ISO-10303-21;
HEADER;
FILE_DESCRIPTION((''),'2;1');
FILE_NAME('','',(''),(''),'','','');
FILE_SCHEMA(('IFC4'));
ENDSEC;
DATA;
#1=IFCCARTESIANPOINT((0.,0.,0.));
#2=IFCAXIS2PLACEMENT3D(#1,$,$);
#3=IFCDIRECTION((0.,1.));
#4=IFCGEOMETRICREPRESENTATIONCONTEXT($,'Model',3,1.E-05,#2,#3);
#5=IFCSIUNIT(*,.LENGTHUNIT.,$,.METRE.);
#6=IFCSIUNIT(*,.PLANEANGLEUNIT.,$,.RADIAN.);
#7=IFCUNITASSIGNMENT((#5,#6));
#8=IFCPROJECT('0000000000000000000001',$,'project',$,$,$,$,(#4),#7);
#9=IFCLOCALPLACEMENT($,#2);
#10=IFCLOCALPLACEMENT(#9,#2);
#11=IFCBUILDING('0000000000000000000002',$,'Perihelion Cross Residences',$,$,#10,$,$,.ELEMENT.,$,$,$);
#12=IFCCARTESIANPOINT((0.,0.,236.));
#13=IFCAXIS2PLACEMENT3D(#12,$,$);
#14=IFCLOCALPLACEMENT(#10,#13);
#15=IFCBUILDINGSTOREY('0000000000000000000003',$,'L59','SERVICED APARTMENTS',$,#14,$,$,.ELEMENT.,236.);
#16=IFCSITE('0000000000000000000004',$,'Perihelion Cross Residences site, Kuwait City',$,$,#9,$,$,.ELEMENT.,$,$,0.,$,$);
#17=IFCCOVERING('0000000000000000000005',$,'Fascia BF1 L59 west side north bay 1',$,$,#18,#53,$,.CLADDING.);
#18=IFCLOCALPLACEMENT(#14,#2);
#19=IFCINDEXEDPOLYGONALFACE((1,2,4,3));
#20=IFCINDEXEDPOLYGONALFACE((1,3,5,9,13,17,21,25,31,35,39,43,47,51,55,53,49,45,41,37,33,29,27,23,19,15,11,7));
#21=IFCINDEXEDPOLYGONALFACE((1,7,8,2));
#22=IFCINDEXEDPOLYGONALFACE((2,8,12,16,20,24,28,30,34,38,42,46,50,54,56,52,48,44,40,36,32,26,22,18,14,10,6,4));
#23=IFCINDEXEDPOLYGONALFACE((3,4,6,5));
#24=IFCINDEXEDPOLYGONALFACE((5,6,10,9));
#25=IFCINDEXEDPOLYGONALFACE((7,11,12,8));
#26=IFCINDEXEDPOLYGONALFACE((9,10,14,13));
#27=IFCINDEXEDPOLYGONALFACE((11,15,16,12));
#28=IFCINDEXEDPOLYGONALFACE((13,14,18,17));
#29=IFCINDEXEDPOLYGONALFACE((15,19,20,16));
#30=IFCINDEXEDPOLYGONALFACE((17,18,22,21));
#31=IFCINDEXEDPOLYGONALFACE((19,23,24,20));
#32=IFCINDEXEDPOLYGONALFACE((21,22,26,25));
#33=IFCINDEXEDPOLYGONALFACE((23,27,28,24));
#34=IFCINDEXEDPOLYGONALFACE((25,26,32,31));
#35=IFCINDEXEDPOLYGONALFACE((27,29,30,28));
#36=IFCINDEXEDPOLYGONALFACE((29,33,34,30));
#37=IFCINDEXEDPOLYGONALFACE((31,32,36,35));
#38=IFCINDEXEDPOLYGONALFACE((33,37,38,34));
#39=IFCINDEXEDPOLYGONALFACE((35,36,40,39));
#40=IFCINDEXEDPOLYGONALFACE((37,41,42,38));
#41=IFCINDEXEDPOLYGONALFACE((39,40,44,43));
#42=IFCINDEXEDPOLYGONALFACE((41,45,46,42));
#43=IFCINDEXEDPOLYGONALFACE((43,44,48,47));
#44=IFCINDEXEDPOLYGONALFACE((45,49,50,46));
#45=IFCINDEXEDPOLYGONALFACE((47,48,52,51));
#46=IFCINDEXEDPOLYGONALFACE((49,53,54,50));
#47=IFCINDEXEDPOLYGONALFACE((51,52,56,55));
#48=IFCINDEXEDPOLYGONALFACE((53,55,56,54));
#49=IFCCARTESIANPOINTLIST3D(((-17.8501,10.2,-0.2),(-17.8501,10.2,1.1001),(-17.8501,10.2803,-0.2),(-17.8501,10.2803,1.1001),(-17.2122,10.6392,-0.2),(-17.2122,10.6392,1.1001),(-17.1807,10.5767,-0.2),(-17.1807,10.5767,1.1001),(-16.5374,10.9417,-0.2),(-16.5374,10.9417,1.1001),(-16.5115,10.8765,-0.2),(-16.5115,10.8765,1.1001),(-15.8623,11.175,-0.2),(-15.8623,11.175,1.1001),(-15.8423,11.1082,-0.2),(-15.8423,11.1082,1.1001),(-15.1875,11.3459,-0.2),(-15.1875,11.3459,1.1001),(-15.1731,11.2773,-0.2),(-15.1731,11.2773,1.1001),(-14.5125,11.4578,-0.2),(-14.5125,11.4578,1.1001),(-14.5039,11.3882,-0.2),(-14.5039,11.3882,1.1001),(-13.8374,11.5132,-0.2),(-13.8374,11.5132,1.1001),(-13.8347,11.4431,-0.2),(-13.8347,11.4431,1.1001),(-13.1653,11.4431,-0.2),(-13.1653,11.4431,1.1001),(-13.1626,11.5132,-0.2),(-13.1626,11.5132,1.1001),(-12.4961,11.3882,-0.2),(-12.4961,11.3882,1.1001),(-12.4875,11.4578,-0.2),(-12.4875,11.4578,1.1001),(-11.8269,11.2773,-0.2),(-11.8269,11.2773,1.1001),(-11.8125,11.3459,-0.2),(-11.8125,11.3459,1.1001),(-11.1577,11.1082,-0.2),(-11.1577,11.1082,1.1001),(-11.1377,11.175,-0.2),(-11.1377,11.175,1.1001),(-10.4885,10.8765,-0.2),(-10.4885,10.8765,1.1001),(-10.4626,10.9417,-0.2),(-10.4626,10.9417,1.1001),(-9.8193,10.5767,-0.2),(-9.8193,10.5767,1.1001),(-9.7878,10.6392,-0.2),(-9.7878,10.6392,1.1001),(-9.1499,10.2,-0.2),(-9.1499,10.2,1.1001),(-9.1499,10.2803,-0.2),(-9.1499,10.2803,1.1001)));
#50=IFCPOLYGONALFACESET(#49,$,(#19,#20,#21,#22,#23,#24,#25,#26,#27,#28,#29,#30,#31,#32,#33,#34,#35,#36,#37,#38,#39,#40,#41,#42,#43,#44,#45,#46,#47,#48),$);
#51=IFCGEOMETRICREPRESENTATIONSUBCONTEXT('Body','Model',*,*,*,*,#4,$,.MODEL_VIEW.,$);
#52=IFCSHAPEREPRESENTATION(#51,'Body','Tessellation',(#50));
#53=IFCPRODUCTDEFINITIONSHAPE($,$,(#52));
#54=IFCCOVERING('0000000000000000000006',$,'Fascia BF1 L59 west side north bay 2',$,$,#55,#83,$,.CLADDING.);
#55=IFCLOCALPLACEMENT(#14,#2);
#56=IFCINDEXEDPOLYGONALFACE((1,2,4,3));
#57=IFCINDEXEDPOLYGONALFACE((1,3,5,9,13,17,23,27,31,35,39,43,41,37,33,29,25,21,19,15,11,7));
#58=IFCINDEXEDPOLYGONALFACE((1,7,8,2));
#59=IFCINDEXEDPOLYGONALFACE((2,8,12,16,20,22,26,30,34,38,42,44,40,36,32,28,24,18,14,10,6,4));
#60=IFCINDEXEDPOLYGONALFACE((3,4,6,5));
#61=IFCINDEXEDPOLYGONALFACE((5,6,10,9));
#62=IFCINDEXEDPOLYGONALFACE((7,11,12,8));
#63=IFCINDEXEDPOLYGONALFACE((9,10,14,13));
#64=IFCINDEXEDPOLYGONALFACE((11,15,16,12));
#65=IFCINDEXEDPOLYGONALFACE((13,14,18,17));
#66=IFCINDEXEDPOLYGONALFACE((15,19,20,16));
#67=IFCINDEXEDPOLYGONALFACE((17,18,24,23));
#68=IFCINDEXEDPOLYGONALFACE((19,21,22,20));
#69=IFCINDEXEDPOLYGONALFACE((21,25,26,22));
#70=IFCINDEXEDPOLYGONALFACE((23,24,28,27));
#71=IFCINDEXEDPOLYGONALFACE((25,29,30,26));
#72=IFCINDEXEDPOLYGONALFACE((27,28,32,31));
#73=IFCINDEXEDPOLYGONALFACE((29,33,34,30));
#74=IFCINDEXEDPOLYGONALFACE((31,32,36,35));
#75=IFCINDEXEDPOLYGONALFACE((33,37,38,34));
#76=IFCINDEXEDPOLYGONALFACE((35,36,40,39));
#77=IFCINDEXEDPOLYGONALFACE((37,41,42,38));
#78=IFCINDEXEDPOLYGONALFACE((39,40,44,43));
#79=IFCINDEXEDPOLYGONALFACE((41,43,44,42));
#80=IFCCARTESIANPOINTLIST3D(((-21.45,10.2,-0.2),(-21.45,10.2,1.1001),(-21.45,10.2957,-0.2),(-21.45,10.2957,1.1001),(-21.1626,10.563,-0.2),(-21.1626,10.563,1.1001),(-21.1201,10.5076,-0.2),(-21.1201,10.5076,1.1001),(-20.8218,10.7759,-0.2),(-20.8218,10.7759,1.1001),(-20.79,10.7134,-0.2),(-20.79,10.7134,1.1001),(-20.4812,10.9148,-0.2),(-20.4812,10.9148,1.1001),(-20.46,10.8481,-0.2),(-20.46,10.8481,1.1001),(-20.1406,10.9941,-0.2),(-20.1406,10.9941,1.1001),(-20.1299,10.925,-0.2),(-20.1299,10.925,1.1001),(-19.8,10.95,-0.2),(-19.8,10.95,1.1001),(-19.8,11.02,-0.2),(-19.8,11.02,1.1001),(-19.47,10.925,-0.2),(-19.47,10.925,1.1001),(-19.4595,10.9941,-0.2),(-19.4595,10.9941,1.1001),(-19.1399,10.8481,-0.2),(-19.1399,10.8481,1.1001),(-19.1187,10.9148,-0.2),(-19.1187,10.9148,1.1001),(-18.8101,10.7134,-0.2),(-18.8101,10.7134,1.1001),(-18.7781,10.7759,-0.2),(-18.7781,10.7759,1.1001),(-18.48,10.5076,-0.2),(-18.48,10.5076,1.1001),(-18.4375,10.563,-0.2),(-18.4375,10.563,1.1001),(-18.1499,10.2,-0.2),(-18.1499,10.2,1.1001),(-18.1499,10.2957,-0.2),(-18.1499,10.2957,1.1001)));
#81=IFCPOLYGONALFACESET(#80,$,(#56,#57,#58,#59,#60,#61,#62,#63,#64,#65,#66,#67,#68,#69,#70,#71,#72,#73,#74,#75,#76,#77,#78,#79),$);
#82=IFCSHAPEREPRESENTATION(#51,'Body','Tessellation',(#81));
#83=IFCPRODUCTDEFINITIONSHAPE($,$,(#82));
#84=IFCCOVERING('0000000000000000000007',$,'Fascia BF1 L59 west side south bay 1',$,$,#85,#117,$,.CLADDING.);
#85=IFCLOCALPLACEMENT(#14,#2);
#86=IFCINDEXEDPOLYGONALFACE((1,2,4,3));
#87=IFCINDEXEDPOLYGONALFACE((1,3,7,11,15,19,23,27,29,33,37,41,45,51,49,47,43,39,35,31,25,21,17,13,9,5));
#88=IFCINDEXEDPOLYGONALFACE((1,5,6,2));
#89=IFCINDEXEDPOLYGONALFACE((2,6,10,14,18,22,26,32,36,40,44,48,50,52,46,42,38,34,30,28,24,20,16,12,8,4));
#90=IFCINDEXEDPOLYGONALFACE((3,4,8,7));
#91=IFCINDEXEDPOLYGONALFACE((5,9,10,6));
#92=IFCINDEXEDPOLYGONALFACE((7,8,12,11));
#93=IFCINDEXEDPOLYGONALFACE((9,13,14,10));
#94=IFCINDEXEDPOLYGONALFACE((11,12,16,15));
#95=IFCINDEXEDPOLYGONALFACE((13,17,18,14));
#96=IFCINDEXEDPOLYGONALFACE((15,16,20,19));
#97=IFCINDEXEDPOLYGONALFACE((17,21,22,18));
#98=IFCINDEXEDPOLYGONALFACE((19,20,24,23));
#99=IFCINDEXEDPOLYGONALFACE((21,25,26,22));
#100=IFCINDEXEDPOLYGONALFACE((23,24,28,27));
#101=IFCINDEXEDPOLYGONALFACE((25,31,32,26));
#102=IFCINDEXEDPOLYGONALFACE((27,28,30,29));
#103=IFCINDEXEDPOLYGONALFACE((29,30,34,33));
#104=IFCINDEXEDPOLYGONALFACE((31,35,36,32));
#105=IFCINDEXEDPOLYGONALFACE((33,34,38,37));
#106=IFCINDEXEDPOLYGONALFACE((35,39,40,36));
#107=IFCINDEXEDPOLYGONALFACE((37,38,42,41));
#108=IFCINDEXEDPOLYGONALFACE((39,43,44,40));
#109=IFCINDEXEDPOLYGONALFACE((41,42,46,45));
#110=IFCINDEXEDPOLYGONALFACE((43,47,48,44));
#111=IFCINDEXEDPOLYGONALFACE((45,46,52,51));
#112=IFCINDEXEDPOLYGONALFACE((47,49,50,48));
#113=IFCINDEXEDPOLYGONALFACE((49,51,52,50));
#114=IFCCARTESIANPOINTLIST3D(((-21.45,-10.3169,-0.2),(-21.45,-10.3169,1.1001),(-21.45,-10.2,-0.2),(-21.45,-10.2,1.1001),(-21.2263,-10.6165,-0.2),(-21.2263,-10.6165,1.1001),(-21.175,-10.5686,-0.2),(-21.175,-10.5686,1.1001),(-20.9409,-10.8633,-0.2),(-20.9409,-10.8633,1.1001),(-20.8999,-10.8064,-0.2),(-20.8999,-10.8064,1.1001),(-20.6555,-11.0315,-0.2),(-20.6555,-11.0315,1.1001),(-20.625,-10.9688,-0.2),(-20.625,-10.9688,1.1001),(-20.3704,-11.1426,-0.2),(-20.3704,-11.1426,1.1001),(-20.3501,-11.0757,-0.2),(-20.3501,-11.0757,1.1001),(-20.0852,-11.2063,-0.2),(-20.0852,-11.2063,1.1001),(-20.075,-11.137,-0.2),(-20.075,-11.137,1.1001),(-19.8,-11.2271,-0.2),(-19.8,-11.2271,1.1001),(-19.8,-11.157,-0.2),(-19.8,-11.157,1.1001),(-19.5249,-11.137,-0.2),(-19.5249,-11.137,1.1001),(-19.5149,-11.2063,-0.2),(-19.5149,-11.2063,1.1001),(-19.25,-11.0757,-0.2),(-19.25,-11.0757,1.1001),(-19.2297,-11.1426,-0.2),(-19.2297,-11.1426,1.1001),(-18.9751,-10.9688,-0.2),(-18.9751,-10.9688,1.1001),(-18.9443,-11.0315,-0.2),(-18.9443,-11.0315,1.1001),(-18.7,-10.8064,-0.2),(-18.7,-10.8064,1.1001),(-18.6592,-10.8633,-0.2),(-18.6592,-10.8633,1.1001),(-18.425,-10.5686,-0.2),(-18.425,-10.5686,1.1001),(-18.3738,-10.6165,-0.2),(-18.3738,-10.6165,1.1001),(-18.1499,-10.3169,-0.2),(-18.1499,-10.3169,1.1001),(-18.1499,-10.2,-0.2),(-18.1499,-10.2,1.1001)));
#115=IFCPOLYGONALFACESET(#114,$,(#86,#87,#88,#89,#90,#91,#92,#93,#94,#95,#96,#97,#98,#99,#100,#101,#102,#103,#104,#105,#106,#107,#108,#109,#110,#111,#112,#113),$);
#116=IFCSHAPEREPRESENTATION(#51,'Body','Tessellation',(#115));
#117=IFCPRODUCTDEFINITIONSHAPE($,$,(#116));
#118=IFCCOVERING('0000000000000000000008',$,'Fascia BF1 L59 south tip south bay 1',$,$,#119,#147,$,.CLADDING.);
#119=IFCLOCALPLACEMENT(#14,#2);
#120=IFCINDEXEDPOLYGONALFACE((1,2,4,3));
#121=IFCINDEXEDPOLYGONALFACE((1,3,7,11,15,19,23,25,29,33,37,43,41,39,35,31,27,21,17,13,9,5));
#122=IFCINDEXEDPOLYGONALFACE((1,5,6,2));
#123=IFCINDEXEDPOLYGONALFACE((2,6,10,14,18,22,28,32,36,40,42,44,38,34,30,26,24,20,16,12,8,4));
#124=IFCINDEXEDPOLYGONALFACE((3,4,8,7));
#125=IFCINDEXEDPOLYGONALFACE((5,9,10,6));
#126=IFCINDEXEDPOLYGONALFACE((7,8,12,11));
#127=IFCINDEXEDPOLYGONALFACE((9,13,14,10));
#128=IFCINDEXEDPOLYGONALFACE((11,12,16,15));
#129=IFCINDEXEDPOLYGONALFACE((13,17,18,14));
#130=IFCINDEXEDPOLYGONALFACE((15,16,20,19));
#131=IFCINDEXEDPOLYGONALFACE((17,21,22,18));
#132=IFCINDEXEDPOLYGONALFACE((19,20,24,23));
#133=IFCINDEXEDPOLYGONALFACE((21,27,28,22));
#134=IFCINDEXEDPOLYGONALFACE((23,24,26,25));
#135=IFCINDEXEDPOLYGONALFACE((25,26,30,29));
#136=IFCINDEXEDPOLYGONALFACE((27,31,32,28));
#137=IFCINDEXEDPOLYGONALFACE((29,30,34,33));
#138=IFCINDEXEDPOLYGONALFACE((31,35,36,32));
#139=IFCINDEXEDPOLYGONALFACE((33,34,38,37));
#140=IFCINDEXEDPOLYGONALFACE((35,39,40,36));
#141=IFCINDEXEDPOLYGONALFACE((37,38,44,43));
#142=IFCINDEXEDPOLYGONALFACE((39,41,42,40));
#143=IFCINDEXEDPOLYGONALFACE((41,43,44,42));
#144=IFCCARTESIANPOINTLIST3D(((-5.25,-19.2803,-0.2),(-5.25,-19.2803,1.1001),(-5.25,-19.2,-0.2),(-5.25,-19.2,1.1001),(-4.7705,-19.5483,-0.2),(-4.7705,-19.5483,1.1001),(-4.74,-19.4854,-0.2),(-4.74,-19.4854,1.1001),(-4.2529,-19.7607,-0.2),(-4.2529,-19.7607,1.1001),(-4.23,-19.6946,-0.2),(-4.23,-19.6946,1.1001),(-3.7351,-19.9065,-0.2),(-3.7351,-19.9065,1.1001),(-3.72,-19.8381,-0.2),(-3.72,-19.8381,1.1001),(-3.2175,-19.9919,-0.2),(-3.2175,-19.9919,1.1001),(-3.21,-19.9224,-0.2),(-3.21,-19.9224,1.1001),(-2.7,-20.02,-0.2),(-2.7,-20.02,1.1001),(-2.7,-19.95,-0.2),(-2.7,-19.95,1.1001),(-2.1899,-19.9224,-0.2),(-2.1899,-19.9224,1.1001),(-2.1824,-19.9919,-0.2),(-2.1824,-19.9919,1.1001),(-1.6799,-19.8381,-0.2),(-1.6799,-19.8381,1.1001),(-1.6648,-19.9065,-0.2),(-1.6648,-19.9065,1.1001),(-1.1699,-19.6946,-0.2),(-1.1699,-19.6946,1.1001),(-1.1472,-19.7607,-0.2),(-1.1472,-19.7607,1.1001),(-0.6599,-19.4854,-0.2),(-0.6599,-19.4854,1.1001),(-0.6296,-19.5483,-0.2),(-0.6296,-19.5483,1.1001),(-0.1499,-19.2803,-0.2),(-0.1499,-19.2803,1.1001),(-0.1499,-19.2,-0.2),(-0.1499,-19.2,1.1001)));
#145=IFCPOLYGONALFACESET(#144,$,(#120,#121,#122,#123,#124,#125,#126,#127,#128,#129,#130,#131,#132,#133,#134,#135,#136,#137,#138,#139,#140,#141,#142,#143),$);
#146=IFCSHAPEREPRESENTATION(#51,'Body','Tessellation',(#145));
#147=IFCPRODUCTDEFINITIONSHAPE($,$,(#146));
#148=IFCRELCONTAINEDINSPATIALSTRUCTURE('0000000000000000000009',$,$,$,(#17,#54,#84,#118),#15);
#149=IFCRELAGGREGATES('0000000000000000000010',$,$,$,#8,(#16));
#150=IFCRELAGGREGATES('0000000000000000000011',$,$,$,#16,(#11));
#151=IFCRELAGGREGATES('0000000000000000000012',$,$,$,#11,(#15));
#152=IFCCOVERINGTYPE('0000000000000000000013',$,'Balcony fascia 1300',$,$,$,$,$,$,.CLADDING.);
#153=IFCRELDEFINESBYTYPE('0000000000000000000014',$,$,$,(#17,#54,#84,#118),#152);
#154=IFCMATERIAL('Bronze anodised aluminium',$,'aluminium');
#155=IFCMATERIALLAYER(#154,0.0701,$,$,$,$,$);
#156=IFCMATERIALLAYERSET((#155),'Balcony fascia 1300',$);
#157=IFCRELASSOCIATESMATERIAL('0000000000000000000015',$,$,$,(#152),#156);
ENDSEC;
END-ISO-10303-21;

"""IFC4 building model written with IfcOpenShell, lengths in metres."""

from ifc_helpers import new_model, si_unit, direction, frame, origin, place, context, subcontext, project, spatial, polyline, outline, extrude, material, layer, layer_set, type_object, element, save


model = new_model("IFC4")

# Units and contexts
model_context = context("Model", 3, precision=1e-05, world=origin(), true_north=direction((0.0, 1.0)))
body_context = subcontext(model_context, "Body", "Model", "MODEL_VIEW")
ifc_project = project(units=[si_unit("LENGTHUNIT", "METRE"), si_unit("PLANEANGLEUNIT", "RADIAN")], contexts=[model_context])

# Site, building, storey
site_placement = place(None, origin())
site = spatial("IfcSite", under=ifc_project, at=site_placement, Name="Perihelion Cross Residences site, Kuwait City", CompositionType="ELEMENT", RefElevation=0.0)
building_placement = place(site_placement, origin())
building = spatial("IfcBuilding", under=site, at=building_placement, Name="Perihelion Cross Residences", CompositionType="ELEMENT")
storey_placement = place(building_placement, frame((0.0, 0.0, 236.0)))
storey = spatial("IfcBuildingStorey", under=building, at=storey_placement, Name="L59", Description="SERVICED APARTMENTS", CompositionType="ELEMENT", Elevation=236.0)

# Coverings
ifc_material_1 = material(Name="Bronze anodised aluminium", Category="aluminium")
ifc_layer_1 = layer(ifc_material_1, 0.0701)
ifc_layer_set_1 = layer_set([ifc_layer_1], Name="Balcony fascia 1300")
covering_type = type_object("IfcCoveringType", Name="Balcony fascia 1300", PredefinedType="CLADDING", material=ifc_layer_set_1)
covering_1_placement = place(storey_placement, frame((0.0, 0.0, -0.2)))
element("IfcCovering", 1, at=covering_1_placement, inside=storey, type_object=covering_type, Name="Fascia BF1 L59 west side north bay 1", PredefinedType="CLADDING", context=body_context, shape_type="SweptSolid", body=[
    extrude(outline(polyline([(-9.7878, 10.6392), (-10.4626, 10.9417), (-11.1377, 11.175), (-11.8125, 11.3459), (-12.4875, 11.4578), (-13.1626, 11.5132), (-13.8374, 11.5132), (-14.5125, 11.4578), (-15.1875, 11.3459), (-15.8623, 11.175), (-16.5374, 10.9417), (-17.2122, 10.6392), (-17.8501, 10.2803), (-17.8501, 10.2), (-17.1807, 10.5767), (-16.5115, 10.8765), (-15.8423, 11.1082), (-15.1731, 11.2773), (-14.5039, 11.3882), (-13.8347, 11.4431), (-13.1653, 11.4431), (-12.4961, 11.3882), (-11.8269, 11.2773), (-11.1577, 11.1082), (-10.4885, 10.8765), (-9.8193, 10.5767), (-9.1499, 10.2), (-9.1499, 10.2803), (-9.7878, 10.6392)])), origin(), (0.0, 0.0, 1.0), 1.3),
])
covering_2_placement = place(storey_placement, frame((0.0, 0.0, -0.2)))
element("IfcCovering", 2, at=covering_2_placement, inside=storey, type_object=covering_type, Name="Fascia BF1 L59 west side north bay 2", PredefinedType="CLADDING", context=body_context, shape_type="SweptSolid", body=[
    extrude(outline(polyline([(-18.4375, 10.563), (-18.7781, 10.7759), (-19.1187, 10.9148), (-19.4595, 10.9941), (-19.8, 11.02), (-20.1406, 10.9941), (-20.4812, 10.9148), (-20.8218, 10.7759), (-21.1626, 10.563), (-21.45, 10.2957), (-21.45, 10.2), (-21.1201, 10.5076), (-20.79, 10.7134), (-20.46, 10.8481), (-20.1299, 10.925), (-19.8, 10.95), (-19.47, 10.925), (-19.1399, 10.8481), (-18.8101, 10.7134), (-18.48, 10.5076), (-18.1499, 10.2), (-18.1499, 10.2957), (-18.4375, 10.563)])), origin(), (0.0, 0.0, 1.0), 1.3),
])
covering_3_placement = place(storey_placement, frame((0.0, 0.0, -0.2)))
element("IfcCovering", 3, at=covering_3_placement, inside=storey, type_object=covering_type, Name="Fascia BF1 L59 west side south bay 1", PredefinedType="CLADDING", context=body_context, shape_type="SweptSolid", body=[
    extrude(outline(polyline([(-21.2263, -10.6165), (-20.9409, -10.8633), (-20.6555, -11.0315), (-20.3704, -11.1426), (-20.0852, -11.2063), (-19.8, -11.2271), (-19.5149, -11.2063), (-19.2297, -11.1426), (-18.9443, -11.0315), (-18.6592, -10.8633), (-18.3738, -10.6165), (-18.1499, -10.3169), (-18.1499, -10.2), (-18.425, -10.5686), (-18.7, -10.8064), (-18.9751, -10.9688), (-19.25, -11.0757), (-19.5249, -11.137), (-19.8, -11.157), (-20.075, -11.137), (-20.3501, -11.0757), (-20.625, -10.9688), (-20.8999, -10.8064), (-21.175, -10.5686), (-21.45, -10.2), (-21.45, -10.3169), (-21.2263, -10.6165)])), origin(), (0.0, 0.0, 1.0), 1.3),
])
covering_4_placement = place(storey_placement, frame((0.0, 0.0, -0.2)))
element("IfcCovering", 4, at=covering_4_placement, inside=storey, type_object=covering_type, Name="Fascia BF1 L59 south tip south bay 1", PredefinedType="CLADDING", context=body_context, shape_type="SweptSolid", body=[
    extrude(outline(polyline([(-4.7705, -19.5483), (-4.2529, -19.7607), (-3.7351, -19.9065), (-3.2175, -19.9919), (-2.7, -20.02), (-2.1824, -19.9919), (-1.6648, -19.9065), (-1.1472, -19.7607), (-0.6296, -19.5483), (-0.1499, -19.2803), (-0.1499, -19.2), (-0.6599, -19.4854), (-1.1699, -19.6946), (-1.6799, -19.8381), (-2.1899, -19.9224), (-2.7, -19.95), (-3.21, -19.9224), (-3.72, -19.8381), (-4.23, -19.6946), (-4.74, -19.4854), (-5.25, -19.2), (-5.25, -19.2803), (-4.7705, -19.5483)])), origin(), (0.0, 0.0, 1.0), 1.3),
])

save(model, "model.ifc")
